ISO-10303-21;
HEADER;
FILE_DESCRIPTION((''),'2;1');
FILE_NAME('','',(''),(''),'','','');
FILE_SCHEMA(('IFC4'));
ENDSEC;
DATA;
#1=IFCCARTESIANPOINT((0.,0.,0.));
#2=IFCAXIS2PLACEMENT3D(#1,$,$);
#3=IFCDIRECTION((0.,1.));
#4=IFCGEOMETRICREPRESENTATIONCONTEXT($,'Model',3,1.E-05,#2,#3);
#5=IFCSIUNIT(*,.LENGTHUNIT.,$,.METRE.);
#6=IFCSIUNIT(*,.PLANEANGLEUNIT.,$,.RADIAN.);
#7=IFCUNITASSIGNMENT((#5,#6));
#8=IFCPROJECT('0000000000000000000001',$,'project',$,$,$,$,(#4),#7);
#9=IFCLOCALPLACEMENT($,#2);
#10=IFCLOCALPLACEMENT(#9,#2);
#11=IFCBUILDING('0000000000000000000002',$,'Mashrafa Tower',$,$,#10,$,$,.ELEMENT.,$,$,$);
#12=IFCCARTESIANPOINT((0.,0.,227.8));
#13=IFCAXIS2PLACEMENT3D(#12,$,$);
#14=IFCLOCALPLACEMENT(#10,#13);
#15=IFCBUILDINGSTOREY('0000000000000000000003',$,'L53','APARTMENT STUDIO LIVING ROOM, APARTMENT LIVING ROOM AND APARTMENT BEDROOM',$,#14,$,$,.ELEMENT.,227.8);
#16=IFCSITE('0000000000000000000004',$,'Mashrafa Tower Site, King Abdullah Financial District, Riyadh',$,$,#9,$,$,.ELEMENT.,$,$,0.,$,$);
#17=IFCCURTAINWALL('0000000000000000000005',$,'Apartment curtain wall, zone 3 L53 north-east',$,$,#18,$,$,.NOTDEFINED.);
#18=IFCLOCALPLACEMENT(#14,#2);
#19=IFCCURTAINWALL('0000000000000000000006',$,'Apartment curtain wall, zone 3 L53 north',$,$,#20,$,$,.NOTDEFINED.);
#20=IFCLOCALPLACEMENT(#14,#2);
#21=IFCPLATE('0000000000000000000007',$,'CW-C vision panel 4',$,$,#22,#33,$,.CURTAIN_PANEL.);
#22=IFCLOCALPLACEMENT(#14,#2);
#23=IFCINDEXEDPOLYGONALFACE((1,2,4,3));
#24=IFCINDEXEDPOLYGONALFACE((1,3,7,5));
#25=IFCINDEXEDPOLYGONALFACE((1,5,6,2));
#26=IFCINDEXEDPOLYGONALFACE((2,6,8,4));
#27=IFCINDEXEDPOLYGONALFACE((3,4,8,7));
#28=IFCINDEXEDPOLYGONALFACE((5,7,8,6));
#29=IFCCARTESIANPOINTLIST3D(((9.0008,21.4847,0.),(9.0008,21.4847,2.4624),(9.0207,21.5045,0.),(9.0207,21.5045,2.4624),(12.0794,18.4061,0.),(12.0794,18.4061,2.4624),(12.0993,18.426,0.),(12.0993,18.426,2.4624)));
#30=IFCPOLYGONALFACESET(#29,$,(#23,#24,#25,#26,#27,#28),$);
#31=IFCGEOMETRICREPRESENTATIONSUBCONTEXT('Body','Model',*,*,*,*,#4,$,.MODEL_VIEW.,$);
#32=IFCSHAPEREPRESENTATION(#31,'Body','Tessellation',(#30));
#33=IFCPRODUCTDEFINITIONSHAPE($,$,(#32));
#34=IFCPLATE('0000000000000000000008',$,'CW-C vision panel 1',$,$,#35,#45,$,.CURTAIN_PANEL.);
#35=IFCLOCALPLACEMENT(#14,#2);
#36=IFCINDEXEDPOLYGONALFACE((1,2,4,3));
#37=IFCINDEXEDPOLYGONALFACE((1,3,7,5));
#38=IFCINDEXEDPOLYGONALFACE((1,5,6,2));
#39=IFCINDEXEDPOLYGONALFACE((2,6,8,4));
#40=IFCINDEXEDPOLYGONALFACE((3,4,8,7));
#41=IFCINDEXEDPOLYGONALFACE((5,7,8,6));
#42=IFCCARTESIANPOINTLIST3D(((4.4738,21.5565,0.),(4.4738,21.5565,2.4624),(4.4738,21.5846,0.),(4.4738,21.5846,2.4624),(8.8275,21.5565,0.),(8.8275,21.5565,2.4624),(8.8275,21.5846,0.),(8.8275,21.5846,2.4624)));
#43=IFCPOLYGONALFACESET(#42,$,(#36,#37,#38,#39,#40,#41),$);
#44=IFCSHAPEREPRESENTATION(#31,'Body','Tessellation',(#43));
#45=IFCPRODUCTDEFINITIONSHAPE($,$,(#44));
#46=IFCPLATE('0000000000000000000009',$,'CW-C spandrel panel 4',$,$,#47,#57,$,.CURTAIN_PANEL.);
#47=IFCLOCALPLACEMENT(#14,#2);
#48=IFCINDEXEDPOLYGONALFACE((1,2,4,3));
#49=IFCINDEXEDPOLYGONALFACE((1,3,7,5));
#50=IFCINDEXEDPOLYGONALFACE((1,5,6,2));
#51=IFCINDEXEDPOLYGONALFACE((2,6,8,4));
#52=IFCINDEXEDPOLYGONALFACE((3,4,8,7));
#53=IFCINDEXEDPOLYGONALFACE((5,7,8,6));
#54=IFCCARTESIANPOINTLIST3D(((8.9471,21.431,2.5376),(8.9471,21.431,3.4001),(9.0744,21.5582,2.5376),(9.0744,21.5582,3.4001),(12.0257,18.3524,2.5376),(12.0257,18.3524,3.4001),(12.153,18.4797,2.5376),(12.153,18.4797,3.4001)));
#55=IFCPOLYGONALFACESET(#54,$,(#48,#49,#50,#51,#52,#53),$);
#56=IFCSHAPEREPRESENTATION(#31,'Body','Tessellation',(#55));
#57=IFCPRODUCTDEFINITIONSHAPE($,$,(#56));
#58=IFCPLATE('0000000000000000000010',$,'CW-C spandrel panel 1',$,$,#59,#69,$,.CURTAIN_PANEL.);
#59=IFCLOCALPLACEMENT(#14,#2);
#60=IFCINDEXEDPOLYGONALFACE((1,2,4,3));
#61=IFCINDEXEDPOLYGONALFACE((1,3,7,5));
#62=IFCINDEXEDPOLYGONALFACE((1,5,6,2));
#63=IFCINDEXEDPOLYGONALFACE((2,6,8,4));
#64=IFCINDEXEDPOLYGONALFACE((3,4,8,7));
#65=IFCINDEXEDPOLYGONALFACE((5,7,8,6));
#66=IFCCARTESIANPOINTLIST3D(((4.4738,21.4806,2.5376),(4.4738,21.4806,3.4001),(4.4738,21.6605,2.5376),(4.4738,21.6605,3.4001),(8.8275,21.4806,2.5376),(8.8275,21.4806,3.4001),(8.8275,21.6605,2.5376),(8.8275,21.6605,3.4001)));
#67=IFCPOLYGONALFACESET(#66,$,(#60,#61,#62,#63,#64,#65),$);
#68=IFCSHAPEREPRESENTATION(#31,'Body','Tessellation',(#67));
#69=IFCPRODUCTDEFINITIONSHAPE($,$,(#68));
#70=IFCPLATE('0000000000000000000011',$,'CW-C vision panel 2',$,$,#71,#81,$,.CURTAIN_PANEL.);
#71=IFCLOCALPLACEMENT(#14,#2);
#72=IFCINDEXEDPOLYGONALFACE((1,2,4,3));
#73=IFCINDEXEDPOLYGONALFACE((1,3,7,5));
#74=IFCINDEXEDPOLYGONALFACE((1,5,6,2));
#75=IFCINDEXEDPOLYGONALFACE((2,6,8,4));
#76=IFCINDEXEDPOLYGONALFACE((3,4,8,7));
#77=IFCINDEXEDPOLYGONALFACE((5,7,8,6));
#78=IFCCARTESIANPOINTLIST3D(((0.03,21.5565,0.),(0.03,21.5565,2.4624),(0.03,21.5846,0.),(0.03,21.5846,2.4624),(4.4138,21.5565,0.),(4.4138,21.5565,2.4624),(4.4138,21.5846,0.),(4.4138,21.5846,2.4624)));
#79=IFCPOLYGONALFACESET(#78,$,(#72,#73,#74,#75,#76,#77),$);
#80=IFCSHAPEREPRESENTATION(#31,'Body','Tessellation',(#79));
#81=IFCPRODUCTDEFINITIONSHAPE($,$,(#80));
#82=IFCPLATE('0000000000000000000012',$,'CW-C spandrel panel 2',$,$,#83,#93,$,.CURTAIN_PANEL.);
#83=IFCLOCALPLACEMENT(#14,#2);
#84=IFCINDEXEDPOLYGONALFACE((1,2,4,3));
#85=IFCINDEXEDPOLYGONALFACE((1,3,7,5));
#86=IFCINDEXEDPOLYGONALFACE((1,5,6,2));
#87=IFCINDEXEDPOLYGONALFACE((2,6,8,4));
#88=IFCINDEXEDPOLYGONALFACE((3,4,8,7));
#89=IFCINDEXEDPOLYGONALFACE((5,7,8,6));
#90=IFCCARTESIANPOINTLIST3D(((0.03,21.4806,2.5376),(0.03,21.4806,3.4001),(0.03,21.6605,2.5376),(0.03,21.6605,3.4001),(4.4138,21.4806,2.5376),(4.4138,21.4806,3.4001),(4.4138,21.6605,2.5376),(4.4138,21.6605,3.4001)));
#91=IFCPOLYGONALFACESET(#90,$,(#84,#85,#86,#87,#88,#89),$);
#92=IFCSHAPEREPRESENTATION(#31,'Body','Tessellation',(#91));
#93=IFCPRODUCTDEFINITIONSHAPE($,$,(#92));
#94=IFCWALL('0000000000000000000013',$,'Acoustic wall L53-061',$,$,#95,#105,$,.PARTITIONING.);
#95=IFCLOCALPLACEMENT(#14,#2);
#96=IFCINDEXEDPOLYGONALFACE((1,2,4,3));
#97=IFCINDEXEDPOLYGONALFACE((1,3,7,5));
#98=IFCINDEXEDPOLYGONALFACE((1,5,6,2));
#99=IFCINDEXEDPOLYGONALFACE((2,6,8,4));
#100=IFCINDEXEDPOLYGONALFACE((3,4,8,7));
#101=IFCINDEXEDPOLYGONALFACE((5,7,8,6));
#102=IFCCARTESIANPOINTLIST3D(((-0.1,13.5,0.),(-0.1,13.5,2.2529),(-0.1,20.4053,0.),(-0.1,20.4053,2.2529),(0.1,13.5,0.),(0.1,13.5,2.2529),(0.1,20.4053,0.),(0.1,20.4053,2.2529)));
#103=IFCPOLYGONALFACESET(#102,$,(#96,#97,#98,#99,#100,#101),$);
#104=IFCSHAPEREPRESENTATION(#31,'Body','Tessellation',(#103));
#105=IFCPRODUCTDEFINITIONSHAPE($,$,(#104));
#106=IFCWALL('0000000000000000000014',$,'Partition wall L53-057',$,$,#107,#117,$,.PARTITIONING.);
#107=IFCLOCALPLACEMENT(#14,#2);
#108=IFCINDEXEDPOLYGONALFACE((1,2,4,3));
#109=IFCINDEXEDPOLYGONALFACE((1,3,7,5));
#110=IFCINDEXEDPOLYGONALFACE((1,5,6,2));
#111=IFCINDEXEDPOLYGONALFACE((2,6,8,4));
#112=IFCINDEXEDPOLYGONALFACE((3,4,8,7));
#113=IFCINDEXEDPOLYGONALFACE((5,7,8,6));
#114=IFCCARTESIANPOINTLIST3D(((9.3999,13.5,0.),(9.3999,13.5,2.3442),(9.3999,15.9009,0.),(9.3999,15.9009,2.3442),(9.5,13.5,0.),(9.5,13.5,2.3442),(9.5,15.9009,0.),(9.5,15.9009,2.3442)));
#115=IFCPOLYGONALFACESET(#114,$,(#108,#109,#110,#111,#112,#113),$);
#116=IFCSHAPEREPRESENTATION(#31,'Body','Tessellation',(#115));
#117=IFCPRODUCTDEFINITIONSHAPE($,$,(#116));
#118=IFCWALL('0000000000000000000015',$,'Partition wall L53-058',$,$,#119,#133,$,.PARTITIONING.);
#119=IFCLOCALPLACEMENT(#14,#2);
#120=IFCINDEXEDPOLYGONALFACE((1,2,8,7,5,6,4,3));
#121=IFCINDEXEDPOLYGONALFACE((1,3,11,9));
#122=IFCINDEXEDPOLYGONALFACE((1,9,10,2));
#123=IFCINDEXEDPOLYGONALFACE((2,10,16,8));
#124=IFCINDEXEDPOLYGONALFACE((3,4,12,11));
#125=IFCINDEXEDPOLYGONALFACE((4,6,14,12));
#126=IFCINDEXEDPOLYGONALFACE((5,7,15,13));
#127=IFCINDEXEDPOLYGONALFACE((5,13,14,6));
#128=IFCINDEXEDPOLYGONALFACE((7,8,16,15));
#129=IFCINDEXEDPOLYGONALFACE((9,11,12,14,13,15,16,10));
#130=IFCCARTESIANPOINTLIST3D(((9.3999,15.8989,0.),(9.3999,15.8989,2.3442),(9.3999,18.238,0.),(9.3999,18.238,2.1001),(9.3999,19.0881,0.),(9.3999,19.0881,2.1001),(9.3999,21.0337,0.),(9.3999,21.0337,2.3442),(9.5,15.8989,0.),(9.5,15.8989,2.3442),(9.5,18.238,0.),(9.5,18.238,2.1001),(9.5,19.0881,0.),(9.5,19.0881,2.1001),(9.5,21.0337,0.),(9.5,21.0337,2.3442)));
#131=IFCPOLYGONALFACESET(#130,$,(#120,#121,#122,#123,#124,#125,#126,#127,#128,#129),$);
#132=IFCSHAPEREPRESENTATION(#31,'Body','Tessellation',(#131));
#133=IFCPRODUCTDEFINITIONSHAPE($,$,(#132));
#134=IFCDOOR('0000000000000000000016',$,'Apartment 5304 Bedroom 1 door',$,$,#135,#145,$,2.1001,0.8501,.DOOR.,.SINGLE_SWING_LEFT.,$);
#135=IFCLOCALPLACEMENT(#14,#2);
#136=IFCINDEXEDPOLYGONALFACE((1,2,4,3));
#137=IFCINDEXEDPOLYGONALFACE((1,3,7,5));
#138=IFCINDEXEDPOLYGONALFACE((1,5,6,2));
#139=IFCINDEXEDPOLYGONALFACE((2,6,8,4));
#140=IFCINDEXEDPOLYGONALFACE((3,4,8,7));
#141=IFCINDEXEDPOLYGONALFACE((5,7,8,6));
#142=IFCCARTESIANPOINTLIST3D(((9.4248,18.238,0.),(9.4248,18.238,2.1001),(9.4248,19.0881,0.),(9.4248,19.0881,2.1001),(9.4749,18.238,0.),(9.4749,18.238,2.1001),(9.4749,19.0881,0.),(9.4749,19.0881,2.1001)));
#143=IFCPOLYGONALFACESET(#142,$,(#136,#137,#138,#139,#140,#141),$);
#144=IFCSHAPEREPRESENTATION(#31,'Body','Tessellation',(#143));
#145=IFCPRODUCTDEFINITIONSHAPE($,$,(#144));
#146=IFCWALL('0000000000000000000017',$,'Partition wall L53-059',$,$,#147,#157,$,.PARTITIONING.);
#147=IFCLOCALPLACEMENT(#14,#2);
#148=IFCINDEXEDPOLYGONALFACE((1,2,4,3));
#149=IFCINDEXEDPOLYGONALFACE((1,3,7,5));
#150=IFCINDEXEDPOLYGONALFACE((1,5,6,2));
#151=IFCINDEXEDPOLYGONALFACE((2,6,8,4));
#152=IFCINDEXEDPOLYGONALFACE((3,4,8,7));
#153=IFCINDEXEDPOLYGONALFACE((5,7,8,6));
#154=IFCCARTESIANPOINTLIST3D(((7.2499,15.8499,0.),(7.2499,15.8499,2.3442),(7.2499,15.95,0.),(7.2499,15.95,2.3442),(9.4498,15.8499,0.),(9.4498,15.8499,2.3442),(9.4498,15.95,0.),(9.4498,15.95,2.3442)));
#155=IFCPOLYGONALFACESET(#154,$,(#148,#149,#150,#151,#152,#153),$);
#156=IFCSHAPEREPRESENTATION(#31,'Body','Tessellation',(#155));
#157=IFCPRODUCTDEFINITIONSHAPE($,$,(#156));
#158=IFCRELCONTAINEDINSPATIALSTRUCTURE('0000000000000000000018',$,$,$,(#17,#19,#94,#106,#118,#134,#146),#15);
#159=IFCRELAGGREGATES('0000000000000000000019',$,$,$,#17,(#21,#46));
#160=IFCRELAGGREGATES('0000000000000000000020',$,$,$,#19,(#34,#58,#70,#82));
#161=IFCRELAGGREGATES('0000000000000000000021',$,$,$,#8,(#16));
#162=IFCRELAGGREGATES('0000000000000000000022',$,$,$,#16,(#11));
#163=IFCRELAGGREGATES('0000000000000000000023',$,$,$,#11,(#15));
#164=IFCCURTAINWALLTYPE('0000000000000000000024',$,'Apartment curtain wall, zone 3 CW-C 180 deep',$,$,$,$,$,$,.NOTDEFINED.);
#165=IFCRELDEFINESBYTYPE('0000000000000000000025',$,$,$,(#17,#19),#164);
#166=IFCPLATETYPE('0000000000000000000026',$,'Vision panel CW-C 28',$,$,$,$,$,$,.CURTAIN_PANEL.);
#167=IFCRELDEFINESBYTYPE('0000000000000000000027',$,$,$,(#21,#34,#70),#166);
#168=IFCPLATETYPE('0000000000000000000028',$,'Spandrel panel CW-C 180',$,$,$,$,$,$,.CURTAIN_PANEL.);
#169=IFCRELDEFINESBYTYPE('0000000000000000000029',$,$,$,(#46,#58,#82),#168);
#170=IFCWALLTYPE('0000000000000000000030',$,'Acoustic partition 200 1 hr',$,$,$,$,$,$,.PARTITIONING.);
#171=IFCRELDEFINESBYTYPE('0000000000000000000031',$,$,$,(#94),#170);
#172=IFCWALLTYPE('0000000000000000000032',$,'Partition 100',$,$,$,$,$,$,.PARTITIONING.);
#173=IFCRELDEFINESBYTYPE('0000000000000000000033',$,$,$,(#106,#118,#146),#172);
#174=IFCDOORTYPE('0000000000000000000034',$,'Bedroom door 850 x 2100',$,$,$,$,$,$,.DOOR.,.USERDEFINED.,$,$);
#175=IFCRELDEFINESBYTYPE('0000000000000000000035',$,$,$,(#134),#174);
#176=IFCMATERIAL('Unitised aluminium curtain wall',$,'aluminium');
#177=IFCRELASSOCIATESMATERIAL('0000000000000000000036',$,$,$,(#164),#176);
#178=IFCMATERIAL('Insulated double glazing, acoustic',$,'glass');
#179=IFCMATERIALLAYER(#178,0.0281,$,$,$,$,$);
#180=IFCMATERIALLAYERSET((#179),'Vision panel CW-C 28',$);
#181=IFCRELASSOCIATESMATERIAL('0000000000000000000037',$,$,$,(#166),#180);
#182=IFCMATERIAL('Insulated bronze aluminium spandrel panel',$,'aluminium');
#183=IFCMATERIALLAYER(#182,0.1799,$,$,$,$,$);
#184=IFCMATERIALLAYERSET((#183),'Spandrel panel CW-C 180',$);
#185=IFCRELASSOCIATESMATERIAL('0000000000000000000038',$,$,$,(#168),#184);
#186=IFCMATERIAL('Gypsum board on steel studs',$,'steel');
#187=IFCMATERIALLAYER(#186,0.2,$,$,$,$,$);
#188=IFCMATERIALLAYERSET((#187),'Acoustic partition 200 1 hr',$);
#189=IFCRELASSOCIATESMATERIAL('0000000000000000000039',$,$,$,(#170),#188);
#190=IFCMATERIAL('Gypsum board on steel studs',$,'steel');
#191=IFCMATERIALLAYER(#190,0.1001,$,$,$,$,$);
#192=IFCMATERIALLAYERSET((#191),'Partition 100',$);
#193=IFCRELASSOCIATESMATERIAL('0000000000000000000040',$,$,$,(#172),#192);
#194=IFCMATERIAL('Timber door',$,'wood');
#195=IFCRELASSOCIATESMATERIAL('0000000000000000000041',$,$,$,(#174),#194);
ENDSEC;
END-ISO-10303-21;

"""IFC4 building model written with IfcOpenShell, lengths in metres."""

from ifc_helpers import new_model, si_unit, direction, frame, frame_2d, origin, origin_2d, place, context, subcontext, project, spatial, rectangle, extrude, source, transform, mapped, material, layer, layer_set, type_object, type_shapes, element, fill, aggregate, save


model = new_model("IFC4")

# Units and contexts
model_context = context("Model", 3, precision=1e-05, world=origin(), true_north=direction((0.0, 1.0)))
body_context = subcontext(model_context, "Body", "Model", "MODEL_VIEW")
ifc_project = project(units=[si_unit("LENGTHUNIT", "METRE"), si_unit("PLANEANGLEUNIT", "RADIAN")], contexts=[model_context])

# Site, building, storey
site_placement = place(None, origin())
site = spatial("IfcSite", under=ifc_project, at=site_placement, Name="Mashrafa Tower Site, King Abdullah Financial District, Riyadh", CompositionType="ELEMENT", RefElevation=0.0)
building_placement = place(site_placement, origin())
building = spatial("IfcBuilding", under=site, at=building_placement, Name="Mashrafa Tower", CompositionType="ELEMENT")
storey_placement = place(building_placement, frame((0.0, 0.0, 227.8)))
storey = spatial("IfcBuildingStorey", under=building, at=storey_placement, Name="L53", Description="APARTMENT STUDIO LIVING ROOM, APARTMENT LIVING ROOM AND APARTMENT BEDROOM", CompositionType="ELEMENT", Elevation=227.8)

# Curtain wall
ifc_material_1 = material(Name="Unitised aluminium curtain wall", Category="aluminium")
curtain_wall_type = type_object("IfcCurtainWallType", Name="Apartment curtain wall, zone 3 CW-C 180 deep", PredefinedType="NOTDEFINED", material=ifc_material_1)
curtain_wall_1_placement = place(storey_placement, origin())
curtain_wall_1 = element("IfcCurtainWall", 1, at=curtain_wall_1_placement, inside=storey, type_object=curtain_wall_type, Name="Apartment curtain wall, zone 3 L53 north-east", PredefinedType="NOTDEFINED")

# Curtain wall
curtain_wall_2_placement = place(storey_placement, origin())
curtain_wall_2 = element("IfcCurtainWall", 2, at=curtain_wall_2_placement, inside=storey, type_object=curtain_wall_type, Name="Apartment curtain wall, zone 3 L53 north", PredefinedType="NOTDEFINED")

# Plates
ifc_material_2 = material(Name="Insulated double glazing, acoustic", Category="glass")
ifc_layer_1 = layer(ifc_material_2, 0.0281)
ifc_layer_set_1 = layer_set([ifc_layer_1], Name="Vision panel CW-C 28")
plate_type_1 = type_object("IfcPlateType", Name="Vision panel CW-C 28", PredefinedType="CURTAIN_PANEL", material=ifc_layer_set_1)
shared_shape_1 = source(origin(), body_context, "Body", "SweptSolid", [
    extrude(rectangle(XDim=4.3538, YDim=0.0281, at=origin_2d()), origin(), (0.0, 0.0, 1.0), 2.4624),
])
plate_1_placement = place(storey_placement, frame((10.55, 19.9553, 0.0), z_axis=(0.0, 0.0, 1.0), x_axis=(-0.707107, 0.707107, 0.0)))
plate_1 = element("IfcPlate", 3, at=plate_1_placement, type_object=plate_type_1, Name="CW-C vision panel 4", PredefinedType="CURTAIN_PANEL", context=body_context, shape_type="MappedRepresentation", body=[
    mapped(shared_shape_1, transform((0.0, 0.0, 0.0))),
])
plate_2_placement = place(storey_placement, frame((6.6506, 21.5706, 0.0), z_axis=(0.0, 0.0, 1.0), x_axis=(-1.0, 0.0, 0.0)))
plate_2 = element("IfcPlate", 4, at=plate_2_placement, type_object=plate_type_1, Name="CW-C vision panel 1", PredefinedType="CURTAIN_PANEL", context=body_context, shape_type="MappedRepresentation", body=[
    mapped(shared_shape_1, transform((0.0, 0.0, 0.0))),
])
ifc_material_3 = material(Name="Insulated bronze aluminium spandrel panel", Category="aluminium")
ifc_layer_2 = layer(ifc_material_3, 0.1799)
ifc_layer_set_2 = layer_set([ifc_layer_2], Name="Spandrel panel CW-C 180")
plate_type_2 = type_object("IfcPlateType", Name="Spandrel panel CW-C 180", PredefinedType="CURTAIN_PANEL", material=ifc_layer_set_2)
shared_shape_2 = source(origin(), body_context, "Body", "SweptSolid", [
    extrude(rectangle(XDim=4.3538, YDim=0.1799, at=origin_2d()), origin(), (0.0, 0.0, 1.0), 0.8625),
])
plate_3_placement = place(storey_placement, frame((10.55, 19.9553, 2.5376), z_axis=(0.0, 0.0, 1.0), x_axis=(-0.707107, 0.707107, 0.0)))
plate_3 = element("IfcPlate", 5, at=plate_3_placement, type_object=plate_type_2, Name="CW-C spandrel panel 4", PredefinedType="CURTAIN_PANEL", context=body_context, shape_type="MappedRepresentation", body=[
    mapped(shared_shape_2, transform((0.0, 0.0, 0.0))),
])
aggregate(curtain_wall_1, [plate_1, plate_3])
plate_4_placement = place(storey_placement, frame((6.6506, 21.5706, 2.5376), z_axis=(0.0, 0.0, 1.0), x_axis=(-1.0, 0.0, 0.0)))
plate_4 = element("IfcPlate", 6, at=plate_4_placement, type_object=plate_type_2, Name="CW-C spandrel panel 1", PredefinedType="CURTAIN_PANEL", context=body_context, shape_type="MappedRepresentation", body=[
    mapped(shared_shape_2, transform((0.0, 0.0, 0.0))),
])
shared_shape_3 = source(origin(), body_context, "Body", "SweptSolid", [
    extrude(rectangle(XDim=4.3838, YDim=0.0281, at=origin_2d()), origin(), (0.0, 0.0, 1.0), 2.4624),
])
type_shapes(plate_type_1, [shared_shape_1, shared_shape_3])
plate_5_placement = place(storey_placement, frame((2.2219, 21.5706, 0.0), z_axis=(0.0, 0.0, 1.0), x_axis=(-1.0, 0.0, 0.0)))
plate_5 = element("IfcPlate", 7, at=plate_5_placement, type_object=plate_type_1, Name="CW-C vision panel 2", PredefinedType="CURTAIN_PANEL", context=body_context, shape_type="MappedRepresentation", body=[
    mapped(shared_shape_3, transform((0.0, 0.0, 0.0))),
])
shared_shape_4 = source(origin(), body_context, "Body", "SweptSolid", [
    extrude(rectangle(XDim=4.3838, YDim=0.1799, at=origin_2d()), origin(), (0.0, 0.0, 1.0), 0.8625),
])
type_shapes(plate_type_2, [shared_shape_2, shared_shape_4])
plate_6_placement = place(storey_placement, frame((2.2219, 21.5706, 2.5376), z_axis=(0.0, 0.0, 1.0), x_axis=(-1.0, 0.0, 0.0)))
plate_6 = element("IfcPlate", 8, at=plate_6_placement, type_object=plate_type_2, Name="CW-C spandrel panel 2", PredefinedType="CURTAIN_PANEL", context=body_context, shape_type="MappedRepresentation", body=[
    mapped(shared_shape_4, transform((0.0, 0.0, 0.0))),
])
aggregate(curtain_wall_2, [plate_2, plate_4, plate_5, plate_6])

# Walls
ifc_material_4 = material(Name="Gypsum board on steel studs", Category="steel")
ifc_layer_3 = layer(ifc_material_4, 0.2)
ifc_layer_set_3 = layer_set([ifc_layer_3], Name="Acoustic partition 200 1 hr")
wall_type_1 = type_object("IfcWallType", Name="Acoustic partition 200 1 hr", PredefinedType="PARTITIONING", material=ifc_layer_set_3)
wall_1_placement = place(storey_placement, frame((0.0, 20.4053, 0.0), z_axis=(0.0, 0.0, 1.0), x_axis=(0.0, -1.0, 0.0)))
element("IfcWall", 9, at=wall_1_placement, inside=storey, type_object=wall_type_1, Name="Acoustic wall L53-061", PredefinedType="PARTITIONING", context=body_context, shape_type="SweptSolid", body=[
    extrude(rectangle(XDim=6.9053, YDim=0.2, at=frame_2d((3.4526, 0.0))), origin(), (0.0, 0.0, 1.0), 2.2529),
])
ifc_material_5 = material(Name="Gypsum board on steel studs", Category="steel")
ifc_layer_4 = layer(ifc_material_5, 0.1001)
ifc_layer_set_4 = layer_set([ifc_layer_4], Name="Partition 100")
wall_type_2 = type_object("IfcWallType", Name="Partition 100", PredefinedType="PARTITIONING", material=ifc_layer_set_4)
wall_2_placement = place(storey_placement, frame((9.45, 15.9009, 0.0), z_axis=(0.0, 0.0, 1.0), x_axis=(0.0, -1.0, 0.0)))
element("IfcWall", 10, at=wall_2_placement, inside=storey, type_object=wall_type_2, Name="Partition wall L53-057", PredefinedType="PARTITIONING", context=body_context, shape_type="SweptSolid", body=[
    extrude(rectangle(XDim=2.4009, YDim=0.1001, at=frame_2d((1.2004, 0.0))), origin(), (0.0, 0.0, 1.0), 2.3442),
])

# Wall, opening, door
wall_3_placement = place(storey_placement, frame((9.45, 21.0337, 0.0), z_axis=(0.0, 0.0, 1.0), x_axis=(0.0, -1.0, 0.0)))
wall_3 = element("IfcWall", 11, at=wall_3_placement, inside=storey, type_object=wall_type_2, Name="Partition wall L53-058", PredefinedType="PARTITIONING", context=body_context, shape_type="SweptSolid", body=[
    extrude(rectangle(XDim=5.1348, YDim=0.1001, at=frame_2d((2.5674, 0.0))), origin(), (0.0, 0.0, 1.0), 2.3442),
])
opening_1_placement = place(wall_3_placement, frame((1.9456, 0.0, 0.0)))
opening_1 = element("IfcOpeningElement", 12, at=opening_1_placement, cuts=wall_3, PredefinedType="OPENING", context=body_context, shape_type="SweptSolid", body=[
    extrude(rectangle(XDim=0.8501, YDim=2.1001, at=frame_2d((0.425, 1.05))), frame((0.0, 0.0601, 0.0), z_axis=(0.0, -1.0, 0.0), x_axis=(1.0, 0.0, 0.0)), (0.0, 0.0, 1.0), 0.1201),
])
ifc_material_6 = material(Name="Timber door", Category="wood")
door_type_1 = type_object("IfcDoorType", Name="Bedroom door 850 x 2100", OperationType="USERDEFINED", PredefinedType="DOOR", material=ifc_material_6)
door_1_placement = place(opening_1_placement, origin())
door_1 = element("IfcDoor", 13, at=door_1_placement, inside=storey, type_object=door_type_1, Name="Apartment 5304 Bedroom 1 door", OperationType="SINGLE_SWING_LEFT", OverallHeight=2.1001, OverallWidth=0.8501, PredefinedType="DOOR", context=body_context, shape_type="SweptSolid", body=[
    extrude(rectangle(XDim=0.8501, YDim=2.1001, at=frame_2d((0.425, 1.05))), frame((0.0, 0.0249, 0.0), z_axis=(0.0, -1.0, 0.0), x_axis=(1.0, 0.0, 0.0)), (0.0, 0.0, 1.0), 0.05),
])
fill(opening_1, door_1)

# Wall
wall_4_placement = place(storey_placement, frame((9.45, 15.8999, 0.0), z_axis=(0.0, 0.0, 1.0), x_axis=(-1.0, 0.0, 0.0)))
element("IfcWall", 14, at=wall_4_placement, inside=storey, type_object=wall_type_2, Name="Partition wall L53-059", PredefinedType="PARTITIONING", context=body_context, shape_type="SweptSolid", body=[
    extrude(rectangle(XDim=2.2, YDim=0.1001, at=frame_2d((1.1001, 0.0))), origin(), (0.0, 0.0, 1.0), 2.3442),
])

save(model, "model.ifc")
